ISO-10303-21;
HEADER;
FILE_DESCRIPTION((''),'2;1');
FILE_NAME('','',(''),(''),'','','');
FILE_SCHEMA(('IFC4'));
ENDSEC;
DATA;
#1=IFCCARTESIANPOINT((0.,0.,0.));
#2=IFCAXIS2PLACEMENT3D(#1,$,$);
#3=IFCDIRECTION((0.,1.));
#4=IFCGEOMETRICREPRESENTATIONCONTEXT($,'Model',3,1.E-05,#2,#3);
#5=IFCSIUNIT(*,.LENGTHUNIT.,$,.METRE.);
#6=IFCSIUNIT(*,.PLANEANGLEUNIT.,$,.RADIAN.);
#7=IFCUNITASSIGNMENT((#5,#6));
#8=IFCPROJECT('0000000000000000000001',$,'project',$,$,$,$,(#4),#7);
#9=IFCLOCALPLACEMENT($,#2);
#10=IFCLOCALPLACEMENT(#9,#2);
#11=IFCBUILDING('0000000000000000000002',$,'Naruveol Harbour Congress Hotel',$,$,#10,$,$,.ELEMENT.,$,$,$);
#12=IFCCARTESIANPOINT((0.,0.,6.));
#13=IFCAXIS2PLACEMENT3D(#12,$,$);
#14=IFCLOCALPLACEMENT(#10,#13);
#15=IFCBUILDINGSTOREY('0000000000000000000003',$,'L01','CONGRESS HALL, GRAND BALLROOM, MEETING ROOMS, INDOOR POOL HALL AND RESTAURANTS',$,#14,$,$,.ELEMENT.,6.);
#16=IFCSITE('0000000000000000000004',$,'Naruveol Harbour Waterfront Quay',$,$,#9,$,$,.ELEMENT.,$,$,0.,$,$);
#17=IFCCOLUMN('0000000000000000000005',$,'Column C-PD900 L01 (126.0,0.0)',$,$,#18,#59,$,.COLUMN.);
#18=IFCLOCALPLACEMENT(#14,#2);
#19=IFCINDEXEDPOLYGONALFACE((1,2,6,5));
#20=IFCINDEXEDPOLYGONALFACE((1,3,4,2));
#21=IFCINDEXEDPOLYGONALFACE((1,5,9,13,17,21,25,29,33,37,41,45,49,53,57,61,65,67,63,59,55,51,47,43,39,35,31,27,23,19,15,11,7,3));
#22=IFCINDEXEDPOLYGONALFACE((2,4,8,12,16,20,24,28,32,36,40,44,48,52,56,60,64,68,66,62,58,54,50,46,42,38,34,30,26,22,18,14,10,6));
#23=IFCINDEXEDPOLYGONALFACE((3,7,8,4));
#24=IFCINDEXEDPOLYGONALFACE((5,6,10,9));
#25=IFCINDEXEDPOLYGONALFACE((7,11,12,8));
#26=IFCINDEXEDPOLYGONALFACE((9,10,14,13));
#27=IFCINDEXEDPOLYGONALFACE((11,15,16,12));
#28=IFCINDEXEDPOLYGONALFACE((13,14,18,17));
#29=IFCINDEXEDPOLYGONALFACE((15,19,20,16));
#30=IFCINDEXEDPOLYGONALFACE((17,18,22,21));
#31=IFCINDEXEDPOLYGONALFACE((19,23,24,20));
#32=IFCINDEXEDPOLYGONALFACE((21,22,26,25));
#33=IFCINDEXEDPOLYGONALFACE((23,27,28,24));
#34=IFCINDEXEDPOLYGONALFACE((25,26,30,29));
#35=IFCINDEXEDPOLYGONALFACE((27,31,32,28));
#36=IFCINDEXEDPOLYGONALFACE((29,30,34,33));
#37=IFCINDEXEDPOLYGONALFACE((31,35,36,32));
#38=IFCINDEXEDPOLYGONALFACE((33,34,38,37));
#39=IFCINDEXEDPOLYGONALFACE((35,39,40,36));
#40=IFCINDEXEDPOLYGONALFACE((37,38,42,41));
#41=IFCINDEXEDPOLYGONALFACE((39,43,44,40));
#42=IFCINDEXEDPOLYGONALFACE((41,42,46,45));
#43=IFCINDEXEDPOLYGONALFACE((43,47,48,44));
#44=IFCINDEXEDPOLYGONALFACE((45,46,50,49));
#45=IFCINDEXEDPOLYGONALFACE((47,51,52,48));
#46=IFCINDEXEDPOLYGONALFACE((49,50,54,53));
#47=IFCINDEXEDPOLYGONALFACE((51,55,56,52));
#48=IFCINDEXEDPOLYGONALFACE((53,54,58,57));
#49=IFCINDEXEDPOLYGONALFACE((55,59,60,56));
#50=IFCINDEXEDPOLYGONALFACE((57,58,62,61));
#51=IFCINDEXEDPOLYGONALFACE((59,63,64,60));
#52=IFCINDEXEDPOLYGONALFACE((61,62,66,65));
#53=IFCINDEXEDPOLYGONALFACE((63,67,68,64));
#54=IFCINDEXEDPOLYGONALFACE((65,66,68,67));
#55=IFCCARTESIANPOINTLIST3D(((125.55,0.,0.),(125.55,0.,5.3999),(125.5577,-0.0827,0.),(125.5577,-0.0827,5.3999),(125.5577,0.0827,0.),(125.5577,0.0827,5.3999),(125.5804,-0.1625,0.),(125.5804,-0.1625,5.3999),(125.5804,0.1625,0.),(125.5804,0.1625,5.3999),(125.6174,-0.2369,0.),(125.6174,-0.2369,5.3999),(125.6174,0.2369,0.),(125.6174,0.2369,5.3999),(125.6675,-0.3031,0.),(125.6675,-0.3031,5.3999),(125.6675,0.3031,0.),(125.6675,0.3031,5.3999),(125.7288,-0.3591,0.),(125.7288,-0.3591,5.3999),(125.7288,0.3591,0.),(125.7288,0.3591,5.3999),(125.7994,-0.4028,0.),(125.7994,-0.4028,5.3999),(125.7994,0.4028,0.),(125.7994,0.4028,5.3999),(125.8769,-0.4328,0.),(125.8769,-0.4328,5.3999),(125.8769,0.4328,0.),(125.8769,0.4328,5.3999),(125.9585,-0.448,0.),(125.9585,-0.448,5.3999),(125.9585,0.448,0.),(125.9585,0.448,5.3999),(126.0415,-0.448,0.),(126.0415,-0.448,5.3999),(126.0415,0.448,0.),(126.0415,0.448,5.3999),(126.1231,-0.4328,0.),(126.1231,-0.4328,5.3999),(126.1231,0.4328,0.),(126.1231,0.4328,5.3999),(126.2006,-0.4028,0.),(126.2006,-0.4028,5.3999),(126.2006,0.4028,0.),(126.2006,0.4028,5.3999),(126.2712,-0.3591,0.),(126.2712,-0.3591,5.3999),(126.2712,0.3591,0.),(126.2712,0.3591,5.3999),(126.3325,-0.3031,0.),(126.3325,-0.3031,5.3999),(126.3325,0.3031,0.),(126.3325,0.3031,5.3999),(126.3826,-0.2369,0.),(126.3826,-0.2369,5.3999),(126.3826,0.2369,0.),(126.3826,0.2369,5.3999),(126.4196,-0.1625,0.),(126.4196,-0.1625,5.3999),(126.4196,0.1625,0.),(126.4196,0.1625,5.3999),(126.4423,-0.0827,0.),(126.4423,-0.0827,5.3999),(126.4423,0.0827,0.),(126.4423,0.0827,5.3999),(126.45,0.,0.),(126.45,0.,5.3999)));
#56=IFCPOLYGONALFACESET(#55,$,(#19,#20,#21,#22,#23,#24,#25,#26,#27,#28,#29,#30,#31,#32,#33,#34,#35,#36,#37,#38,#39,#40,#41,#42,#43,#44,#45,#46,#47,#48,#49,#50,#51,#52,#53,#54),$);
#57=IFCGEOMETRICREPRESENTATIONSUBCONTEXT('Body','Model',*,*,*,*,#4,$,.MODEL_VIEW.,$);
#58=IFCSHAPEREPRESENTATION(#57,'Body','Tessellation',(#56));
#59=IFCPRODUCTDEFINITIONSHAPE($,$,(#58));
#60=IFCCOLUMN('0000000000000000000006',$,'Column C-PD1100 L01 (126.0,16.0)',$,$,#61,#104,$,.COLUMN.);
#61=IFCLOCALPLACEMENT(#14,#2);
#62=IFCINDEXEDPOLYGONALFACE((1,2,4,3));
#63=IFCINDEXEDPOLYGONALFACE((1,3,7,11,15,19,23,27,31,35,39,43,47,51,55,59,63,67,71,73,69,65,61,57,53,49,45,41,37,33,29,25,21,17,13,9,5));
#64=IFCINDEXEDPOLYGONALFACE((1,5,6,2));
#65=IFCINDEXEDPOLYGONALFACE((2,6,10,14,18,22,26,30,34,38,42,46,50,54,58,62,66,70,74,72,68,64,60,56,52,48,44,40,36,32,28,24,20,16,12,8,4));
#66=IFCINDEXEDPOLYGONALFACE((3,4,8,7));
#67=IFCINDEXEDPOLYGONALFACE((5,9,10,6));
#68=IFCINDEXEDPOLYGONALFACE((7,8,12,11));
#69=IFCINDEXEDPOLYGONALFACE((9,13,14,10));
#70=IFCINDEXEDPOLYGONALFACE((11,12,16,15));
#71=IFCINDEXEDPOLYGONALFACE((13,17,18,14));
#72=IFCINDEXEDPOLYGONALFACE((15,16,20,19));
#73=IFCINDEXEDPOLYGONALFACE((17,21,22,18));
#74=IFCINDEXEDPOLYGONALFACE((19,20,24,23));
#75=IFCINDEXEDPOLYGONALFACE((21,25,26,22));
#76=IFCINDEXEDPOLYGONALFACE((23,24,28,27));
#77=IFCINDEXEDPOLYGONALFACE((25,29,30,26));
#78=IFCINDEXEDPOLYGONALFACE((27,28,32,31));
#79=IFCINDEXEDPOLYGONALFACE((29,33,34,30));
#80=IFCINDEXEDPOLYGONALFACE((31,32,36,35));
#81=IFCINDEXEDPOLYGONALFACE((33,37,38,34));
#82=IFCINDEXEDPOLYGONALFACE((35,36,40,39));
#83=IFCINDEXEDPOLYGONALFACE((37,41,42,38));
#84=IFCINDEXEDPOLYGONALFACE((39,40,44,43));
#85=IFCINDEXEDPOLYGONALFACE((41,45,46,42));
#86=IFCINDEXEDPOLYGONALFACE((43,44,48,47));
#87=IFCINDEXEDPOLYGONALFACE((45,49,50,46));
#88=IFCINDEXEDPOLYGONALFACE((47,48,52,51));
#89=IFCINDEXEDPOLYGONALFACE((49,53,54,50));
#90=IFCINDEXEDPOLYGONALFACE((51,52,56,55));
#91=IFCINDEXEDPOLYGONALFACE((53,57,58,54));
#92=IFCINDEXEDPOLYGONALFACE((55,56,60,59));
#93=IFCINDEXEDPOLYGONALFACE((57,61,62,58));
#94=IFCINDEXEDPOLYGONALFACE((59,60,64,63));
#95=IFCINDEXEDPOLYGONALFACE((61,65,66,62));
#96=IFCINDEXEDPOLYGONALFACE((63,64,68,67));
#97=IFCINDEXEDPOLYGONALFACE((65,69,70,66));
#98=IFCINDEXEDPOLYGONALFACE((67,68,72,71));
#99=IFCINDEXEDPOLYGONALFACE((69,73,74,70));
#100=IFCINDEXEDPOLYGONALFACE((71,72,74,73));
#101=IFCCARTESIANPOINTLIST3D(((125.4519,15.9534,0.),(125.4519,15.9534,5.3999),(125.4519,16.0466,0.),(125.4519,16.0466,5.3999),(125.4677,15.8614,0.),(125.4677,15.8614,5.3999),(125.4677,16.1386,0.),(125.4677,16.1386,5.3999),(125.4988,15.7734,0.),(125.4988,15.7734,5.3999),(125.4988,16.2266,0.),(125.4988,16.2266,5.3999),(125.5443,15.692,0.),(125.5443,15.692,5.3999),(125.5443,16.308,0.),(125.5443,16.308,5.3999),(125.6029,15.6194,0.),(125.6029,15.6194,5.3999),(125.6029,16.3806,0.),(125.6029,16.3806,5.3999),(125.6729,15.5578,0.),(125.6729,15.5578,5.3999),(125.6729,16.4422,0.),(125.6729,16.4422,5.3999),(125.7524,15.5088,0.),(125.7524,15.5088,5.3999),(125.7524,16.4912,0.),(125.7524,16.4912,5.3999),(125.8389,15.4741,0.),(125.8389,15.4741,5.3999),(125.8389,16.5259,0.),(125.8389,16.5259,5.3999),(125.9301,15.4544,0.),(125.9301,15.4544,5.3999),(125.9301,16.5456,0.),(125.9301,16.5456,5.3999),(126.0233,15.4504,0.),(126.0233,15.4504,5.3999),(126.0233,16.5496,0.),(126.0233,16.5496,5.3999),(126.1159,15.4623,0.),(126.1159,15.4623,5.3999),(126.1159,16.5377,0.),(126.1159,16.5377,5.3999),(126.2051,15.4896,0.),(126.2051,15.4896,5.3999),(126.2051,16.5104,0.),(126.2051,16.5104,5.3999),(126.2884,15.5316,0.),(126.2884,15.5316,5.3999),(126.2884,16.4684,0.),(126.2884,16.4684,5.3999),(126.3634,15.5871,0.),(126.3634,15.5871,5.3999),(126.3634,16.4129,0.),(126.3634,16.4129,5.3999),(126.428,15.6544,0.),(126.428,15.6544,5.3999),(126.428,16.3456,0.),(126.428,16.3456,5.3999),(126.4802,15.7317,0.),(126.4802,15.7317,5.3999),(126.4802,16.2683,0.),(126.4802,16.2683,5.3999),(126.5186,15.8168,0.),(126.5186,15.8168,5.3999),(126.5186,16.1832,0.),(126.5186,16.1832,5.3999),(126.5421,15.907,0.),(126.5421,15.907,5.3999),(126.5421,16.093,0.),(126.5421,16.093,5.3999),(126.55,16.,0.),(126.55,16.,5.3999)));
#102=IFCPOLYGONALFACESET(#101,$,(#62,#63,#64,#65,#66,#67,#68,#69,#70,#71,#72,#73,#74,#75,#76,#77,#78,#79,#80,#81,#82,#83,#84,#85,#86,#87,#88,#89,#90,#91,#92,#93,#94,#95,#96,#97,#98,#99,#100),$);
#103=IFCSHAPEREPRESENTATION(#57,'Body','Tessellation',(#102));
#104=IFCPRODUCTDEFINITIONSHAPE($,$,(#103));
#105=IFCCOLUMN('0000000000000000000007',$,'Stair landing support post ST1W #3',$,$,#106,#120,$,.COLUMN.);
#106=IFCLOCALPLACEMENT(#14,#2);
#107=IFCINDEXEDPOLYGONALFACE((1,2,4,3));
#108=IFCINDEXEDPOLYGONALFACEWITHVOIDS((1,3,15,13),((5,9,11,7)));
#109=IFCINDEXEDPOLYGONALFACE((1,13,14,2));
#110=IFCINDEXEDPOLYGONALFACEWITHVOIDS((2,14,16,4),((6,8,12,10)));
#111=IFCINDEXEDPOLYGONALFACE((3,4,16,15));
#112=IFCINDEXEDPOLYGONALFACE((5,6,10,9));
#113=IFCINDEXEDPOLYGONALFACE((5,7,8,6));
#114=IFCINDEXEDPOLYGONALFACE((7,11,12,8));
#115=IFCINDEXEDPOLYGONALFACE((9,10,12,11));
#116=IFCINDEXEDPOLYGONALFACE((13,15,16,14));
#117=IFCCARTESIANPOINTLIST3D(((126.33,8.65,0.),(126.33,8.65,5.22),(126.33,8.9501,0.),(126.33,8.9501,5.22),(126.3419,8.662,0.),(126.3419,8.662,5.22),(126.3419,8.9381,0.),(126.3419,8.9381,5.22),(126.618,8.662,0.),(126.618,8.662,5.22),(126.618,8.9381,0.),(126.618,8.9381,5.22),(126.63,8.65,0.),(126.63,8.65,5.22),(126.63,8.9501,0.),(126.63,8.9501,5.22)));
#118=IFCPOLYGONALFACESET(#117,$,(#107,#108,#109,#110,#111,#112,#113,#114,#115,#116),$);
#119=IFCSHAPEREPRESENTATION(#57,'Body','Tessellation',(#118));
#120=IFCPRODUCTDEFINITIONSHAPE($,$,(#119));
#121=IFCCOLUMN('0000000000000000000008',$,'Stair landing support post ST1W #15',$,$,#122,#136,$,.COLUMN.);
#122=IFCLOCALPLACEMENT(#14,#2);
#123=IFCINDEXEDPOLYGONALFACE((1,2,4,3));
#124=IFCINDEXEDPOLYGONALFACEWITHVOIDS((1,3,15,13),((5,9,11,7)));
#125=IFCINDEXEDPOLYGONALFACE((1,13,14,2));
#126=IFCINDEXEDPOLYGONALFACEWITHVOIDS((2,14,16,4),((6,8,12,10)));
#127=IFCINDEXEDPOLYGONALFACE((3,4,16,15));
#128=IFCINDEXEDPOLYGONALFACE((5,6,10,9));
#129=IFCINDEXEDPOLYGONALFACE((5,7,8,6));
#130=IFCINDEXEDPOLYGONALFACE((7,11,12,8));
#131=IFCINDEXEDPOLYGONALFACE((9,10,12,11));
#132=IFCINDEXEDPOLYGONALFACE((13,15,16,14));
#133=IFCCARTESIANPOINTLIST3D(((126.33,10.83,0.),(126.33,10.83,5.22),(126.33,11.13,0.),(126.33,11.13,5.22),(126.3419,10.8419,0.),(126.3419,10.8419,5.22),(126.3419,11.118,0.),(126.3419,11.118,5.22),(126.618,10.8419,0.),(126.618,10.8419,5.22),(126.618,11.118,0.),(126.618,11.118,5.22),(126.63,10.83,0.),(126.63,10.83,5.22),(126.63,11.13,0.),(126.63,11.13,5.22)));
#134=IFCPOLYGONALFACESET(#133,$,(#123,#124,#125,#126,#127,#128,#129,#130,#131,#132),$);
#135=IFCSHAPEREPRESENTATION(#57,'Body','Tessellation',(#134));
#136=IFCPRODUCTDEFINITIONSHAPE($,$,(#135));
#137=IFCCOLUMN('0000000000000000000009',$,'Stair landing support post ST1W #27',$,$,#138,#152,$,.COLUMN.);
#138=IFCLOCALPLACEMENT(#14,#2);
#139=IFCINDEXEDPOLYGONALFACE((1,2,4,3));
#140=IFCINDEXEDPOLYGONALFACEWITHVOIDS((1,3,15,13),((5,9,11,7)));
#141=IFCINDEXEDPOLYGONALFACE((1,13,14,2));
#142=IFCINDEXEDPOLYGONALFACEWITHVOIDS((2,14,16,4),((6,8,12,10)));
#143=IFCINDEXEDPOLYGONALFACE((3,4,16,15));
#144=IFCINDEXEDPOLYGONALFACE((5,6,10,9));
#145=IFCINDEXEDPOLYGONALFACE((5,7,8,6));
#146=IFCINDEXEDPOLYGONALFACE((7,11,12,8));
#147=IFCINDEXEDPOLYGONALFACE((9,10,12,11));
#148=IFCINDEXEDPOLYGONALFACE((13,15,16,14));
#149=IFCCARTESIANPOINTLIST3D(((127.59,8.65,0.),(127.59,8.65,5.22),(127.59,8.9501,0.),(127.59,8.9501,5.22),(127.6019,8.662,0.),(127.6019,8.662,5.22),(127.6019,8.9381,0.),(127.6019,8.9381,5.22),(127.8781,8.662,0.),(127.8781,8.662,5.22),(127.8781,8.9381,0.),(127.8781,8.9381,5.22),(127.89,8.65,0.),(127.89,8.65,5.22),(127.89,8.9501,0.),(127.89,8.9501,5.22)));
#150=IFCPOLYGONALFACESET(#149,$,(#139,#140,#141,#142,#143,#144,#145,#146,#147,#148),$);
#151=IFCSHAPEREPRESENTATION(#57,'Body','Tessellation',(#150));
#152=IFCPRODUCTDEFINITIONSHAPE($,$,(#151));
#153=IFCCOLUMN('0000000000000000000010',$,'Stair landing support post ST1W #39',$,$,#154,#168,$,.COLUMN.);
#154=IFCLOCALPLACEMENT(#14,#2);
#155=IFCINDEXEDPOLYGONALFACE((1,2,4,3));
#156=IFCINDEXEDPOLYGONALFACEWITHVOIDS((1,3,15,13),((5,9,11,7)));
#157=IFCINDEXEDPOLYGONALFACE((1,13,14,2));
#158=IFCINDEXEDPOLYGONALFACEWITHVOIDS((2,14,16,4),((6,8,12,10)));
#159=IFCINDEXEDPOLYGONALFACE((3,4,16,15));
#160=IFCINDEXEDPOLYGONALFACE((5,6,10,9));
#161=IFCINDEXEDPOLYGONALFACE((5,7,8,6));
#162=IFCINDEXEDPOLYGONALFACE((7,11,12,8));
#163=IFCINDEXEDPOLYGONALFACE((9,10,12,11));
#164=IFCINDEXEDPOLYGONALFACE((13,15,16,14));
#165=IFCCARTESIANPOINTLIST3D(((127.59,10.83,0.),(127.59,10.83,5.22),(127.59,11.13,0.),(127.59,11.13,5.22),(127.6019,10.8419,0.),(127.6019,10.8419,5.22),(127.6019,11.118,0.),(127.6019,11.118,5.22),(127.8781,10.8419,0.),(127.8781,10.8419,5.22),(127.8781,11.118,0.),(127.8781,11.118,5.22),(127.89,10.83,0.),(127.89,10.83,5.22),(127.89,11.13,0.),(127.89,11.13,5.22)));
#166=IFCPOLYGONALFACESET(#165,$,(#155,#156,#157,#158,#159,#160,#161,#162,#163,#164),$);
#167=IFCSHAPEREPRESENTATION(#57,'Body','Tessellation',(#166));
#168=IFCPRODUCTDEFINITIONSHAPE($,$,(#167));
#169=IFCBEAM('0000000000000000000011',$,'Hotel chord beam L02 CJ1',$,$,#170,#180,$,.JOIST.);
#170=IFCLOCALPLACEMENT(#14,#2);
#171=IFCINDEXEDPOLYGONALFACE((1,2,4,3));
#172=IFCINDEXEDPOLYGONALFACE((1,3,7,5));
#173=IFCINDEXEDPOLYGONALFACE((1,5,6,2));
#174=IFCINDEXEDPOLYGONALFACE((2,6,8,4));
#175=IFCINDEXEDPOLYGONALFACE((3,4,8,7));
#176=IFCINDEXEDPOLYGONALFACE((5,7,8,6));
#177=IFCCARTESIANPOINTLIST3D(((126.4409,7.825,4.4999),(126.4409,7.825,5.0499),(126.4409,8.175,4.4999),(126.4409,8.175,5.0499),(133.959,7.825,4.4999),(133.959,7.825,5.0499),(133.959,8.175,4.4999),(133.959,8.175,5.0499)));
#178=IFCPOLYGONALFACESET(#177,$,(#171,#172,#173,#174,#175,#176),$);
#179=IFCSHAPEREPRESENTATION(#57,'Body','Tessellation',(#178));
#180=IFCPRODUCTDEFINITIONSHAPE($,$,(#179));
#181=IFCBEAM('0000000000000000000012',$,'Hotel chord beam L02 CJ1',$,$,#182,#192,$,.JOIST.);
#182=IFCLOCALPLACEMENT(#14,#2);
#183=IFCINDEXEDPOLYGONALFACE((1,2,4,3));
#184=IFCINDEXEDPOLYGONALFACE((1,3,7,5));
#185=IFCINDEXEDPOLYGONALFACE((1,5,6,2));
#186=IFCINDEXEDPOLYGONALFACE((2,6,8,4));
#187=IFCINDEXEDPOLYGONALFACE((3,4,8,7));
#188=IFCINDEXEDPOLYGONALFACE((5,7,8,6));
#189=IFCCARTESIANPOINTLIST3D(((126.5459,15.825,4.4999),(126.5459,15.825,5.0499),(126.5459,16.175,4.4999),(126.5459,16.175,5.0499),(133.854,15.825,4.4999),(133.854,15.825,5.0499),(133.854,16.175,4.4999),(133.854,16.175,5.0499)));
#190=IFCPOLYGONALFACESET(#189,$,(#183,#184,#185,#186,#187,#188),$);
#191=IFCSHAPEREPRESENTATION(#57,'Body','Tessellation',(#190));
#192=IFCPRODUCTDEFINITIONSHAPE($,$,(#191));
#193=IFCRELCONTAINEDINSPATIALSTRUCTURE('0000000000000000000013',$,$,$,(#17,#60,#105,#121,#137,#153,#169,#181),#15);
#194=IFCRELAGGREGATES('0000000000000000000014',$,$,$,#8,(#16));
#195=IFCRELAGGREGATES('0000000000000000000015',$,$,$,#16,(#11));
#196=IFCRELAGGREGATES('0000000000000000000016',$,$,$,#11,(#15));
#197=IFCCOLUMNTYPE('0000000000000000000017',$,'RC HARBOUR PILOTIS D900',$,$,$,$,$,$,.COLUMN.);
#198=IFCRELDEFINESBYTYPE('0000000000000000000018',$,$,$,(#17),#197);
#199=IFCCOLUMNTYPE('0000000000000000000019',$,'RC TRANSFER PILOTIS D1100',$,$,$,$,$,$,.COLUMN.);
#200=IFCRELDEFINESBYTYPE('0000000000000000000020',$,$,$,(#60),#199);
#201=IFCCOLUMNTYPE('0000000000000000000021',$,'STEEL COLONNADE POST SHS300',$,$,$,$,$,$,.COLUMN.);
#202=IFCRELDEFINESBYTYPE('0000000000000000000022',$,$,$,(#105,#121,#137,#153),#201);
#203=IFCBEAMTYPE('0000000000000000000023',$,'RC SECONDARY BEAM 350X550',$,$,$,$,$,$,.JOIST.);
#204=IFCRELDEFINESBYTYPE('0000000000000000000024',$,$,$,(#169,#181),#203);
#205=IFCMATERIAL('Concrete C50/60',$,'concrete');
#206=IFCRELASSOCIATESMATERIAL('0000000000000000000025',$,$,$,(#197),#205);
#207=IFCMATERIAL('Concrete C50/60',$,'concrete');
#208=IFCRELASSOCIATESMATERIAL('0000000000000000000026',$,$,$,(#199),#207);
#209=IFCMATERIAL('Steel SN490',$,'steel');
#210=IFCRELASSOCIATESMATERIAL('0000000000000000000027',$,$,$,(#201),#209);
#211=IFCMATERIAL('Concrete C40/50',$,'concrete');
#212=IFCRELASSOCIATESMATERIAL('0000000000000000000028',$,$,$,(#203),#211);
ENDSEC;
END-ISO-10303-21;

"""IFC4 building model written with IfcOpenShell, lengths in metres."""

from ifc_helpers import new_model, si_unit, direction, frame, origin, origin_2d, place, context, subcontext, project, spatial, rectangle, hollow_rectangle, circle, extrude, material, material_profile, profile_set, type_object, element, save


model = new_model("IFC4")

# Units and contexts
model_context = context("Model", 3, precision=1e-05, world=origin(), true_north=direction((0.0, 1.0)))
body_context = subcontext(model_context, "Body", "Model", "MODEL_VIEW")
ifc_project = project(units=[si_unit("LENGTHUNIT", "METRE"), si_unit("PLANEANGLEUNIT", "RADIAN")], contexts=[model_context])

# Site, building, storey
site_placement = place(None, origin())
site = spatial("IfcSite", under=ifc_project, at=site_placement, Name="Naruveol Harbour Waterfront Quay", CompositionType="ELEMENT", RefElevation=0.0)
building_placement = place(site_placement, origin())
building = spatial("IfcBuilding", under=site, at=building_placement, Name="Naruveol Harbour Congress Hotel", CompositionType="ELEMENT")
storey_placement = place(building_placement, frame((0.0, 0.0, 6.0)))
storey = spatial("IfcBuildingStorey", under=building, at=storey_placement, Name="L01", Description="CONGRESS HALL, GRAND BALLROOM, MEETING ROOMS, INDOOR POOL HALL AND RESTAURANTS", CompositionType="ELEMENT", Elevation=6.0)

# Columns
ifc_material_1 = material(Name="Concrete C50/60", Category="concrete")
ifc_material_profile_1 = material_profile(ifc_material_1, circle(Radius=0.45, at=origin_2d()), Name="RC-D900")
ifc_profile_set_1 = profile_set([ifc_material_profile_1], Name="Concrete C50/60")
column_type_1 = type_object("IfcColumnType", Name="RC HARBOUR PILOTIS D900", PredefinedType="COLUMN", material=ifc_profile_set_1)
column_1_placement = place(storey_placement, frame((126.0, 0.0, 0.0), z_axis=(0.0, 0.0, 1.0), x_axis=(1.0, 0.0, 0.0)))
element("IfcColumn", 1, at=column_1_placement, inside=storey, type_object=column_type_1, Name="Column C-PD900 L01 (126.0,0.0)", PredefinedType="COLUMN", context=body_context, shape_type="SweptSolid", body=[
    extrude(circle(Radius=0.45, at=origin_2d()), origin(), (0.0, 0.0, 1.0), 5.3999),
])
ifc_material_2 = material(Name="Concrete C50/60", Category="concrete")
ifc_material_profile_2 = material_profile(ifc_material_2, circle(Radius=0.55, at=origin_2d()), Name="RC-D1100")
ifc_profile_set_2 = profile_set([ifc_material_profile_2], Name="Concrete C50/60")
column_type_2 = type_object("IfcColumnType", Name="RC TRANSFER PILOTIS D1100", PredefinedType="COLUMN", material=ifc_profile_set_2)
column_2_placement = place(storey_placement, frame((126.0, 16.0, 0.0), z_axis=(0.0, 0.0, 1.0), x_axis=(1.0, 0.0, 0.0)))
element("IfcColumn", 2, at=column_2_placement, inside=storey, type_object=column_type_2, Name="Column C-PD1100 L01 (126.0,16.0)", PredefinedType="COLUMN", context=body_context, shape_type="SweptSolid", body=[
    extrude(circle(Radius=0.55, at=origin_2d()), origin(), (0.0, 0.0, 1.0), 5.3999),
])
ifc_material_3 = material(Name="Steel SN490", Category="steel")
ifc_material_profile_3 = material_profile(ifc_material_3, hollow_rectangle(XDim=0.3, YDim=0.3, WallThickness=0.012, at=origin_2d()), Name="SHS-300x300x12")
ifc_profile_set_3 = profile_set([ifc_material_profile_3], Name="Steel SN490")
column_type_3 = type_object("IfcColumnType", Name="STEEL COLONNADE POST SHS300", PredefinedType="COLUMN", material=ifc_profile_set_3)
for number, where, z_axis, x_axis, name in (
    (3, (126.48, 8.8, 0.0), (0.0, 0.0, 1.0), (1.0, 0.0, 0.0), "Stair landing support post ST1W #3"),
    (4, (126.48, 10.98, 0.0), (0.0, 0.0, 1.0), (1.0, 0.0, 0.0), "Stair landing support post ST1W #15"),
    (5, (127.74, 8.8, 0.0), (0.0, 0.0, 1.0), (1.0, 0.0, 0.0), "Stair landing support post ST1W #27"),
    (6, (127.74, 10.98, 0.0), (0.0, 0.0, 1.0), (1.0, 0.0, 0.0), "Stair landing support post ST1W #39"),
):
    element("IfcColumn", number, at=place(storey_placement, frame(where, z_axis=z_axis, x_axis=x_axis)), inside=storey, type_object=column_type_3, Name=name, PredefinedType="COLUMN", context=body_context, shape_type="SweptSolid", body=[
        extrude(hollow_rectangle(XDim=0.3, YDim=0.3, WallThickness=0.012, at=origin_2d()), origin(), (0.0, 0.0, 1.0), 5.22),
    ])

# Beams
ifc_material_4 = material(Name="Concrete C40/50", Category="concrete")
ifc_material_profile_4 = material_profile(ifc_material_4, rectangle(XDim=0.3501, YDim=0.55, at=origin_2d()), Name="RCB-350x550")
ifc_profile_set_4 = profile_set([ifc_material_profile_4], Name="Concrete C40/50")
beam_type_1 = type_object("IfcBeamType", Name="RC SECONDARY BEAM 350X550", PredefinedType="JOIST", material=ifc_profile_set_4)
beam_1_placement = place(storey_placement, frame((126.4409, 8.0, 4.7749), z_axis=(1.0, 0.0, 0.0), x_axis=(0.0, 1.0, 0.0)))
element("IfcBeam", 7, at=beam_1_placement, inside=storey, type_object=beam_type_1, Name="Hotel chord beam L02 CJ1", PredefinedType="JOIST", context=body_context, shape_type="SweptSolid", body=[
    extrude(rectangle(XDim=0.3501, YDim=0.55, at=origin_2d()), origin(), (0.0, 0.0, 1.0), 7.5181),
])
beam_2_placement = place(storey_placement, frame((126.5459, 16.0, 4.7749), z_axis=(1.0, 0.0, 0.0), x_axis=(0.0, 1.0, 0.0)))
element("IfcBeam", 8, at=beam_2_placement, inside=storey, type_object=beam_type_1, Name="Hotel chord beam L02 CJ1", PredefinedType="JOIST", context=body_context, shape_type="SweptSolid", body=[
    extrude(rectangle(XDim=0.3501, YDim=0.55, at=origin_2d()), origin(), (0.0, 0.0, 1.0), 7.3081),
])

save(model, "model.ifc")
